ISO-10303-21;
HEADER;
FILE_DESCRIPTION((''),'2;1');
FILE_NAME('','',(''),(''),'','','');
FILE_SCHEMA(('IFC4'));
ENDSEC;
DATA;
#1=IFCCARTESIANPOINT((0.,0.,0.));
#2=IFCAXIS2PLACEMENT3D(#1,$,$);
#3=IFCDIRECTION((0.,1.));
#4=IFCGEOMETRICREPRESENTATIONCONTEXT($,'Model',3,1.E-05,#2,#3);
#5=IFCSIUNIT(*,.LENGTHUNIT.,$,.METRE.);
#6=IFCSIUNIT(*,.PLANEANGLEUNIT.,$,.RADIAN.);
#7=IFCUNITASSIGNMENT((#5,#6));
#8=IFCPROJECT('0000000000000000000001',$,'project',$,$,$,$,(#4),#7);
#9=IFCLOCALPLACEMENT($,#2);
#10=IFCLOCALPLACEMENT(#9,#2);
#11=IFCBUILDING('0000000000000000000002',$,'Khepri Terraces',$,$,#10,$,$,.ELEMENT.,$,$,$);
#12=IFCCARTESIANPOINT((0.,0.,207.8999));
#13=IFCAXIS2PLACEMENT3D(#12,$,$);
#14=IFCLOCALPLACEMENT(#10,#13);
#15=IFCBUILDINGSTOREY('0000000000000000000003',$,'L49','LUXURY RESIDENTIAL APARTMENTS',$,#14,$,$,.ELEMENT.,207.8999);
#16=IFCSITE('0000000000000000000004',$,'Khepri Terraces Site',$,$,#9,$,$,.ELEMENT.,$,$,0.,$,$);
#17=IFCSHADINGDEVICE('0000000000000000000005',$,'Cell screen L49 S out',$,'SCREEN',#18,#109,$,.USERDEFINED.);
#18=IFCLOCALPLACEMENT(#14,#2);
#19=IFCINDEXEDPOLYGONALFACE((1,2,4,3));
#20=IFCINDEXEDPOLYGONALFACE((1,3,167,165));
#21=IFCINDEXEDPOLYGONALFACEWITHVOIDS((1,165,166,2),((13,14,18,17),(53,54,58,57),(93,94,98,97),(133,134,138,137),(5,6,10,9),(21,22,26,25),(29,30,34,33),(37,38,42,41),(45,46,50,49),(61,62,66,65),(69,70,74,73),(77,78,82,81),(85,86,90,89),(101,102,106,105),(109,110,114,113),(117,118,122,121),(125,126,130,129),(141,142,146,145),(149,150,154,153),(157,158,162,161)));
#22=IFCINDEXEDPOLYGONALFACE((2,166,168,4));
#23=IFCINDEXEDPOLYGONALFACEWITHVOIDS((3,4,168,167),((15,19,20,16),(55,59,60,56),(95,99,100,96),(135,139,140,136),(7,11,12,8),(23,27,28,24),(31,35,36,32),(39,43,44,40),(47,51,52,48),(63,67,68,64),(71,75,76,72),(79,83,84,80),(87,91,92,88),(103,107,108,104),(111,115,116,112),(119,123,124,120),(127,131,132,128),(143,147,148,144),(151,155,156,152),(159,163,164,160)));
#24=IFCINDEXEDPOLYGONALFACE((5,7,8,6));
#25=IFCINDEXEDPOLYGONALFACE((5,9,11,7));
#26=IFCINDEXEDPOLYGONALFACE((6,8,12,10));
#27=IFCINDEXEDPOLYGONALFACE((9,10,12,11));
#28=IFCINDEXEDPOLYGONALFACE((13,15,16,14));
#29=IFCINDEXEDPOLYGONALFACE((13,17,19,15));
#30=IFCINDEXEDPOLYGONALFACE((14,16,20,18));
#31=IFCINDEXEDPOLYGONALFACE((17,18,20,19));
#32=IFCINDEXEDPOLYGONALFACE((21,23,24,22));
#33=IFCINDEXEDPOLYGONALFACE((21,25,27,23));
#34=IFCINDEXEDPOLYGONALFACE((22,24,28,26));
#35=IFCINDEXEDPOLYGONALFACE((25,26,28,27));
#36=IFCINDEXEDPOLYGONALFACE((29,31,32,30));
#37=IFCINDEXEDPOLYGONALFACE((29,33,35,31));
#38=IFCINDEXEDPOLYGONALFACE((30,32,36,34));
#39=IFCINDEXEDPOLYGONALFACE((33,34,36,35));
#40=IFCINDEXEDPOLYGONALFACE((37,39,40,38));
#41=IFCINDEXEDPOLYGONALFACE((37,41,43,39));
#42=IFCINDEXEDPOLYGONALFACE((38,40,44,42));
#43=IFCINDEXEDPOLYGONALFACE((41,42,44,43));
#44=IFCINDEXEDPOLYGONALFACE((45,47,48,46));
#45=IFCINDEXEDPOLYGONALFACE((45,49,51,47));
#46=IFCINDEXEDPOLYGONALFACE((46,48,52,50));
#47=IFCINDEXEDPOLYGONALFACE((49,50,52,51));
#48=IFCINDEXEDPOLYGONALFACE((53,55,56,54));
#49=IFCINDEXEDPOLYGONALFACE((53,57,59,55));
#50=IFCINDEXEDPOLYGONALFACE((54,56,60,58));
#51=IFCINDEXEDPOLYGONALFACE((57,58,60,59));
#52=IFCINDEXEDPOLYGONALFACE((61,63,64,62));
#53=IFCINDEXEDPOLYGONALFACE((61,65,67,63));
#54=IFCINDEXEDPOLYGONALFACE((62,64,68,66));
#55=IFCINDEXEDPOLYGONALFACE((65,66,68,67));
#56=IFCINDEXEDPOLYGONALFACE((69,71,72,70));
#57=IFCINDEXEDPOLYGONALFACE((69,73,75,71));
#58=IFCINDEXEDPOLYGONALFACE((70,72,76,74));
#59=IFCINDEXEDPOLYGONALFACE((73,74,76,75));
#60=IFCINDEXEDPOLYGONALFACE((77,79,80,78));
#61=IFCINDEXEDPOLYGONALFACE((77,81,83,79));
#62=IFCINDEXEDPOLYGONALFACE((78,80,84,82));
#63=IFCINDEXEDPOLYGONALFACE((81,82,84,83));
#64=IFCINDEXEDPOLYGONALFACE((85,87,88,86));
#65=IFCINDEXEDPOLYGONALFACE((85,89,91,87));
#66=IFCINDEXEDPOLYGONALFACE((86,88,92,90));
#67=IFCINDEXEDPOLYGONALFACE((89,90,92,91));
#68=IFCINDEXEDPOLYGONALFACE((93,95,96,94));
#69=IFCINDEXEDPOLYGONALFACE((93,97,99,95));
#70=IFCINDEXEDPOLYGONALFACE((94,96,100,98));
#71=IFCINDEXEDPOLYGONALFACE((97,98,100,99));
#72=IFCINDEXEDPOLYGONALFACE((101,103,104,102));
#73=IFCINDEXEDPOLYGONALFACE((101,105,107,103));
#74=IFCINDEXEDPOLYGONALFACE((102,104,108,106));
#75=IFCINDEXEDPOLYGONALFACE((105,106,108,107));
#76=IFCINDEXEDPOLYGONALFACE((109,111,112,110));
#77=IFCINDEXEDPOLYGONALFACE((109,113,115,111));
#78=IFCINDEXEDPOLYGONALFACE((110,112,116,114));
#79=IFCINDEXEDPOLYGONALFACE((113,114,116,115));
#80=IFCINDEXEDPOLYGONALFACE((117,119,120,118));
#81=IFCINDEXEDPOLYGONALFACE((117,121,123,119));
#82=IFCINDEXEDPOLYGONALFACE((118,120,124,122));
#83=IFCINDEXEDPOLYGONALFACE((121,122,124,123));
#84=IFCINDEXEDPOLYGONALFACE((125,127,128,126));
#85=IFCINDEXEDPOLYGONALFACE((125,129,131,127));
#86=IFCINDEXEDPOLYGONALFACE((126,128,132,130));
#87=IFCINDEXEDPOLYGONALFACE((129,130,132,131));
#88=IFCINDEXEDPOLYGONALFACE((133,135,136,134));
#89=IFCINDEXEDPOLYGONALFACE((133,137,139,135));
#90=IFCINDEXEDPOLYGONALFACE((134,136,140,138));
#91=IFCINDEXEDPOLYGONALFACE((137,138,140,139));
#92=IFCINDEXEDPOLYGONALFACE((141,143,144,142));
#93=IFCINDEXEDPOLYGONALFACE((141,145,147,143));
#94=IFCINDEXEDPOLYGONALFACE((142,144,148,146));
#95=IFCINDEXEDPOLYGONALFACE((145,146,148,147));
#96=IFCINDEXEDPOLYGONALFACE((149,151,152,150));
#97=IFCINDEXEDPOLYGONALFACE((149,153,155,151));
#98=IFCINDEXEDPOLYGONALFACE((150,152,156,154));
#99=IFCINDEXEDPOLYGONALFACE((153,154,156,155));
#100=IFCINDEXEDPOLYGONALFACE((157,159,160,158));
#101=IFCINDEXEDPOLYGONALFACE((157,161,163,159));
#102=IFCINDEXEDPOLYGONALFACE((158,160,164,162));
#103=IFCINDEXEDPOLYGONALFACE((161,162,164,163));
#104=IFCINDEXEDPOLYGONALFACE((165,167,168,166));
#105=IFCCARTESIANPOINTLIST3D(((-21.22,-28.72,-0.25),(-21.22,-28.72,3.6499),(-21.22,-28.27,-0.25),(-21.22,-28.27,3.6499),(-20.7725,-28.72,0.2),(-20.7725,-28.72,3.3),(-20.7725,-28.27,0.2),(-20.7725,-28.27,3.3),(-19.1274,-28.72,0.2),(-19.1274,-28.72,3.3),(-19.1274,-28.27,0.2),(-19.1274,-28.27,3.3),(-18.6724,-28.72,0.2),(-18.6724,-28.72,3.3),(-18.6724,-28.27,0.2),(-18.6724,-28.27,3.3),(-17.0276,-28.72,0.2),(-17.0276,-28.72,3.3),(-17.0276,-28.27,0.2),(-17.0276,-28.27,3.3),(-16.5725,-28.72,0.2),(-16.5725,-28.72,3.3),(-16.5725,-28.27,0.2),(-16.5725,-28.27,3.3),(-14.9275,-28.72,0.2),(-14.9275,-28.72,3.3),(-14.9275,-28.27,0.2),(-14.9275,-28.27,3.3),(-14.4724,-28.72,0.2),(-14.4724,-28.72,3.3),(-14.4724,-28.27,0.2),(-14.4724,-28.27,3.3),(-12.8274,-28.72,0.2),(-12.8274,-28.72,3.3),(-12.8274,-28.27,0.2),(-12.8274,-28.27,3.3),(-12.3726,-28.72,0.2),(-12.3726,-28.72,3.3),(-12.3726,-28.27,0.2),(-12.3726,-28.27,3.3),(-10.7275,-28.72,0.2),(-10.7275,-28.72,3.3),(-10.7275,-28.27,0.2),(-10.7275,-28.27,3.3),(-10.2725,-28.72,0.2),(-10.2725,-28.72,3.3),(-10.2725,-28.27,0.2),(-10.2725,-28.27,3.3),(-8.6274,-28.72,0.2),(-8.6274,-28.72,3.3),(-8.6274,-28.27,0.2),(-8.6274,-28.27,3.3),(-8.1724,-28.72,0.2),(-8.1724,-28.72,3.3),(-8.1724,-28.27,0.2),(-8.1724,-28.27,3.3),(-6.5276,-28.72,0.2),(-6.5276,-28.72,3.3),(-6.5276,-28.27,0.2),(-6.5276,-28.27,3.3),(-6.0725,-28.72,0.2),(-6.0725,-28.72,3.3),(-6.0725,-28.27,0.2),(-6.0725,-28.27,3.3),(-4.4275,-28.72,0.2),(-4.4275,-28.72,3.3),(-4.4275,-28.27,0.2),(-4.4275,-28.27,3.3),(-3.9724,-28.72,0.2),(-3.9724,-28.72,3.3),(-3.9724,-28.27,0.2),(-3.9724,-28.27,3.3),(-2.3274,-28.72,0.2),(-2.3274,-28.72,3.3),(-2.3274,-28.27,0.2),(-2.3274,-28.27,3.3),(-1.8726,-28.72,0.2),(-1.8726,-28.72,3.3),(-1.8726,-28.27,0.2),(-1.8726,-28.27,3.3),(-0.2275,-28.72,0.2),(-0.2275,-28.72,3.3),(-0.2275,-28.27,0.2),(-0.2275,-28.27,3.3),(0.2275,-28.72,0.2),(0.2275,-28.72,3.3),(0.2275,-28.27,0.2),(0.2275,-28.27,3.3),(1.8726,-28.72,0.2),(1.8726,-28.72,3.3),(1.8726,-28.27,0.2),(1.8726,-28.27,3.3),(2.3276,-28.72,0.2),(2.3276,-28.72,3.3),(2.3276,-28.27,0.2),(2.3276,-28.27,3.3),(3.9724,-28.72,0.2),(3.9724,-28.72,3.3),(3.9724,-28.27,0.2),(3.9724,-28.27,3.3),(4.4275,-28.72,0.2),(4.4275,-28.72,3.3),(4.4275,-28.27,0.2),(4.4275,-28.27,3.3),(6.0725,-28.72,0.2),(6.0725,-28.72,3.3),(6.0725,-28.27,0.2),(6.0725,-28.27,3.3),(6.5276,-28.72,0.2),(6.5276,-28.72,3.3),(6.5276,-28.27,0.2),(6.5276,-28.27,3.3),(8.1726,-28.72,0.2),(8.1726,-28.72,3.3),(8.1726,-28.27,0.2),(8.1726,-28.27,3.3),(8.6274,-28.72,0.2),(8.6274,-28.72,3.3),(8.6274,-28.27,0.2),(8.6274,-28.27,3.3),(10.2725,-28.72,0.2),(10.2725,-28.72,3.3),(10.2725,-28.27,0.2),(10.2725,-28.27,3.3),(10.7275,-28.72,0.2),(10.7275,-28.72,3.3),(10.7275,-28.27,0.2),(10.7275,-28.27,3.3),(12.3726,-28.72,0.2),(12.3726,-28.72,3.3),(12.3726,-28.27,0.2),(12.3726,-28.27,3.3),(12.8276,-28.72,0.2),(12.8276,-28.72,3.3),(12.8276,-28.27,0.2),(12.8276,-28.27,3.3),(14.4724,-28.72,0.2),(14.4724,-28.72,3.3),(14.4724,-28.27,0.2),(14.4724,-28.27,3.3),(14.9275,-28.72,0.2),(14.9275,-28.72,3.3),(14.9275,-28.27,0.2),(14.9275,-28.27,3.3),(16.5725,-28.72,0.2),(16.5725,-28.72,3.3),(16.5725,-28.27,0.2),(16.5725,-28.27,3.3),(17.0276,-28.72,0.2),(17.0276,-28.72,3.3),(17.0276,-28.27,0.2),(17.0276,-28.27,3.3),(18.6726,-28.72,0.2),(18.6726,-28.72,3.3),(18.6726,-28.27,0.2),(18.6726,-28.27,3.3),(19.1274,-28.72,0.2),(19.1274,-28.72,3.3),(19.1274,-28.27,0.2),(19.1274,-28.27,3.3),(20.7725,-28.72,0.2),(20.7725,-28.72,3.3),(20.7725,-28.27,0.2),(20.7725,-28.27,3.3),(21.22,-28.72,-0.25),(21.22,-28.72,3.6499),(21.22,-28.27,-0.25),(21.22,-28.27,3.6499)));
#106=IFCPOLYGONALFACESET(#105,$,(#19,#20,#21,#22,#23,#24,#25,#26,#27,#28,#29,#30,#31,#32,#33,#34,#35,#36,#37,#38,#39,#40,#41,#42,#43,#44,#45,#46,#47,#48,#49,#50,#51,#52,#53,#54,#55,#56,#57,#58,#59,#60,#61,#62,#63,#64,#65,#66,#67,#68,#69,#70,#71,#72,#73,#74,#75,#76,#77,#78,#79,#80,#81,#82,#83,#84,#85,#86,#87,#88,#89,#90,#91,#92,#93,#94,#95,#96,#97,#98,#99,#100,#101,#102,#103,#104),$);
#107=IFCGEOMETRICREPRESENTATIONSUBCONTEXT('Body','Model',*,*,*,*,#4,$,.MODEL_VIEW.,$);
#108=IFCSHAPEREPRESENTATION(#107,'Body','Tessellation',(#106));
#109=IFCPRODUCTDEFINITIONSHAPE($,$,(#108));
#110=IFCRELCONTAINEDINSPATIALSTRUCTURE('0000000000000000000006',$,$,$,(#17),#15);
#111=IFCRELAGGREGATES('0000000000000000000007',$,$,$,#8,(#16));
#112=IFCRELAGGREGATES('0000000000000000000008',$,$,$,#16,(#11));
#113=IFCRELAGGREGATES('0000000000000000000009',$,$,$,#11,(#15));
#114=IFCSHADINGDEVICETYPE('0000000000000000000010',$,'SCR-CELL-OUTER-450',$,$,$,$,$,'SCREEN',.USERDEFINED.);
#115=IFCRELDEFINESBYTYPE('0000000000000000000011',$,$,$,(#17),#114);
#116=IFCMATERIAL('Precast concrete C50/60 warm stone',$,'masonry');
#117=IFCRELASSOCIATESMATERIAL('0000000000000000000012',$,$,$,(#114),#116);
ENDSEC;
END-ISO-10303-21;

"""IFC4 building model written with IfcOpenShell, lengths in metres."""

from ifc_helpers import new_model, si_unit, direction, frame, origin, place, context, subcontext, project, spatial, polyline, outline, extrude, material, type_object, element, save


model = new_model("IFC4")

# Units and contexts
model_context = context("Model", 3, precision=1e-05, world=origin(), true_north=direction((0.0, 1.0)))
body_context = subcontext(model_context, "Body", "Model", "MODEL_VIEW")
ifc_project = project(units=[si_unit("LENGTHUNIT", "METRE"), si_unit("PLANEANGLEUNIT", "RADIAN")], contexts=[model_context])

# Site, building, storey
site_placement = place(None, origin())
site = spatial("IfcSite", under=ifc_project, at=site_placement, Name="Khepri Terraces Site", CompositionType="ELEMENT", RefElevation=0.0)
building_placement = place(site_placement, origin())
building = spatial("IfcBuilding", under=site, at=building_placement, Name="Khepri Terraces", CompositionType="ELEMENT")
storey_placement = place(building_placement, frame((0.0, 0.0, 207.8999)))
storey = spatial("IfcBuildingStorey", under=building, at=storey_placement, Name="L49", Description="LUXURY RESIDENTIAL APARTMENTS", CompositionType="ELEMENT", Elevation=207.8999)

# Shared definitions
ifc_material_1 = material(Name="Precast concrete C50/60 warm stone", Category="masonry")

# Shading device
shading_device_type_1 = type_object("IfcShadingDeviceType", Name="SCR-CELL-OUTER-450", ElementType="SCREEN", PredefinedType="USERDEFINED", material=ifc_material_1)
shading_device_1_placement = place(storey_placement, frame((-21.22, -28.27, -0.25), z_axis=(0.0, -1.0, 0.0), x_axis=(1.0, 0.0, 0.0)))
element("IfcShadingDevice", 1, at=shading_device_1_placement, inside=storey, type_object=shading_device_type_1, Name="Cell screen L49 S out", ObjectType="SCREEN", PredefinedType="USERDEFINED", context=body_context, shape_type="SweptSolid", body=[
    extrude(outline(polyline([(0.0, 0.0), (42.4399, 0.0), (42.4399, 3.8999), (0.0, 3.8999), (0.0, 0.0)]), holes=[polyline([(0.4475, 0.45), (2.0925, 0.45), (2.0925, 3.55), (0.4475, 3.55), (0.4475, 0.45)]), polyline([(2.5476, 0.45), (4.1924, 0.45), (4.1924, 3.55), (2.5476, 3.55), (2.5476, 0.45)]), polyline([(4.6475, 0.45), (6.2925, 0.45), (6.2925, 3.55), (4.6475, 3.55), (4.6475, 0.45)]), polyline([(6.7476, 0.45), (8.3926, 0.45), (8.3926, 3.55), (6.7476, 3.55), (6.7476, 0.45)]), polyline([(8.8474, 0.45), (10.4924, 0.45), (10.4924, 3.55), (8.8474, 3.55), (8.8474, 0.45)]), polyline([(10.9475, 0.45), (12.5925, 0.45), (12.5925, 3.55), (10.9475, 3.55), (10.9475, 0.45)]), polyline([(13.0476, 0.45), (14.6924, 0.45), (14.6924, 3.55), (13.0476, 3.55), (13.0476, 0.45)]), polyline([(15.1475, 0.45), (16.7925, 0.45), (16.7925, 3.55), (15.1475, 3.55), (15.1475, 0.45)]), polyline([(17.2476, 0.45), (18.8926, 0.45), (18.8926, 3.55), (17.2476, 3.55), (17.2476, 0.45)]), polyline([(19.3474, 0.45), (20.9924, 0.45), (20.9924, 3.55), (19.3474, 3.55), (19.3474, 0.45)]), polyline([(21.4475, 0.45), (23.0925, 0.45), (23.0925, 3.55), (21.4475, 3.55), (21.4475, 0.45)]), polyline([(23.5476, 0.45), (25.1924, 0.45), (25.1924, 3.55), (23.5476, 3.55), (23.5476, 0.45)]), polyline([(25.6475, 0.45), (27.2925, 0.45), (27.2925, 3.55), (25.6475, 3.55), (25.6475, 0.45)]), polyline([(27.7476, 0.45), (29.3926, 0.45), (29.3926, 3.55), (27.7476, 3.55), (27.7476, 0.45)]), polyline([(29.8474, 0.45), (31.4924, 0.45), (31.4924, 3.55), (29.8474, 3.55), (29.8474, 0.45)]), polyline([(31.9475, 0.45), (33.5925, 0.45), (33.5925, 3.55), (31.9475, 3.55), (31.9475, 0.45)]), polyline([(34.0476, 0.45), (35.6924, 0.45), (35.6924, 3.55), (34.0476, 3.55), (34.0476, 0.45)]), polyline([(36.1475, 0.45), (37.7925, 0.45), (37.7925, 3.55), (36.1475, 3.55), (36.1475, 0.45)]), polyline([(38.2476, 0.45), (39.8926, 0.45), (39.8926, 3.55), (38.2476, 3.55), (38.2476, 0.45)]), polyline([(40.3474, 0.45), (41.9924, 0.45), (41.9924, 3.55), (40.3474, 3.55), (40.3474, 0.45)])]), origin(), (0.0, 0.0, 1.0), 0.45),
])

save(model, "model.ifc")
